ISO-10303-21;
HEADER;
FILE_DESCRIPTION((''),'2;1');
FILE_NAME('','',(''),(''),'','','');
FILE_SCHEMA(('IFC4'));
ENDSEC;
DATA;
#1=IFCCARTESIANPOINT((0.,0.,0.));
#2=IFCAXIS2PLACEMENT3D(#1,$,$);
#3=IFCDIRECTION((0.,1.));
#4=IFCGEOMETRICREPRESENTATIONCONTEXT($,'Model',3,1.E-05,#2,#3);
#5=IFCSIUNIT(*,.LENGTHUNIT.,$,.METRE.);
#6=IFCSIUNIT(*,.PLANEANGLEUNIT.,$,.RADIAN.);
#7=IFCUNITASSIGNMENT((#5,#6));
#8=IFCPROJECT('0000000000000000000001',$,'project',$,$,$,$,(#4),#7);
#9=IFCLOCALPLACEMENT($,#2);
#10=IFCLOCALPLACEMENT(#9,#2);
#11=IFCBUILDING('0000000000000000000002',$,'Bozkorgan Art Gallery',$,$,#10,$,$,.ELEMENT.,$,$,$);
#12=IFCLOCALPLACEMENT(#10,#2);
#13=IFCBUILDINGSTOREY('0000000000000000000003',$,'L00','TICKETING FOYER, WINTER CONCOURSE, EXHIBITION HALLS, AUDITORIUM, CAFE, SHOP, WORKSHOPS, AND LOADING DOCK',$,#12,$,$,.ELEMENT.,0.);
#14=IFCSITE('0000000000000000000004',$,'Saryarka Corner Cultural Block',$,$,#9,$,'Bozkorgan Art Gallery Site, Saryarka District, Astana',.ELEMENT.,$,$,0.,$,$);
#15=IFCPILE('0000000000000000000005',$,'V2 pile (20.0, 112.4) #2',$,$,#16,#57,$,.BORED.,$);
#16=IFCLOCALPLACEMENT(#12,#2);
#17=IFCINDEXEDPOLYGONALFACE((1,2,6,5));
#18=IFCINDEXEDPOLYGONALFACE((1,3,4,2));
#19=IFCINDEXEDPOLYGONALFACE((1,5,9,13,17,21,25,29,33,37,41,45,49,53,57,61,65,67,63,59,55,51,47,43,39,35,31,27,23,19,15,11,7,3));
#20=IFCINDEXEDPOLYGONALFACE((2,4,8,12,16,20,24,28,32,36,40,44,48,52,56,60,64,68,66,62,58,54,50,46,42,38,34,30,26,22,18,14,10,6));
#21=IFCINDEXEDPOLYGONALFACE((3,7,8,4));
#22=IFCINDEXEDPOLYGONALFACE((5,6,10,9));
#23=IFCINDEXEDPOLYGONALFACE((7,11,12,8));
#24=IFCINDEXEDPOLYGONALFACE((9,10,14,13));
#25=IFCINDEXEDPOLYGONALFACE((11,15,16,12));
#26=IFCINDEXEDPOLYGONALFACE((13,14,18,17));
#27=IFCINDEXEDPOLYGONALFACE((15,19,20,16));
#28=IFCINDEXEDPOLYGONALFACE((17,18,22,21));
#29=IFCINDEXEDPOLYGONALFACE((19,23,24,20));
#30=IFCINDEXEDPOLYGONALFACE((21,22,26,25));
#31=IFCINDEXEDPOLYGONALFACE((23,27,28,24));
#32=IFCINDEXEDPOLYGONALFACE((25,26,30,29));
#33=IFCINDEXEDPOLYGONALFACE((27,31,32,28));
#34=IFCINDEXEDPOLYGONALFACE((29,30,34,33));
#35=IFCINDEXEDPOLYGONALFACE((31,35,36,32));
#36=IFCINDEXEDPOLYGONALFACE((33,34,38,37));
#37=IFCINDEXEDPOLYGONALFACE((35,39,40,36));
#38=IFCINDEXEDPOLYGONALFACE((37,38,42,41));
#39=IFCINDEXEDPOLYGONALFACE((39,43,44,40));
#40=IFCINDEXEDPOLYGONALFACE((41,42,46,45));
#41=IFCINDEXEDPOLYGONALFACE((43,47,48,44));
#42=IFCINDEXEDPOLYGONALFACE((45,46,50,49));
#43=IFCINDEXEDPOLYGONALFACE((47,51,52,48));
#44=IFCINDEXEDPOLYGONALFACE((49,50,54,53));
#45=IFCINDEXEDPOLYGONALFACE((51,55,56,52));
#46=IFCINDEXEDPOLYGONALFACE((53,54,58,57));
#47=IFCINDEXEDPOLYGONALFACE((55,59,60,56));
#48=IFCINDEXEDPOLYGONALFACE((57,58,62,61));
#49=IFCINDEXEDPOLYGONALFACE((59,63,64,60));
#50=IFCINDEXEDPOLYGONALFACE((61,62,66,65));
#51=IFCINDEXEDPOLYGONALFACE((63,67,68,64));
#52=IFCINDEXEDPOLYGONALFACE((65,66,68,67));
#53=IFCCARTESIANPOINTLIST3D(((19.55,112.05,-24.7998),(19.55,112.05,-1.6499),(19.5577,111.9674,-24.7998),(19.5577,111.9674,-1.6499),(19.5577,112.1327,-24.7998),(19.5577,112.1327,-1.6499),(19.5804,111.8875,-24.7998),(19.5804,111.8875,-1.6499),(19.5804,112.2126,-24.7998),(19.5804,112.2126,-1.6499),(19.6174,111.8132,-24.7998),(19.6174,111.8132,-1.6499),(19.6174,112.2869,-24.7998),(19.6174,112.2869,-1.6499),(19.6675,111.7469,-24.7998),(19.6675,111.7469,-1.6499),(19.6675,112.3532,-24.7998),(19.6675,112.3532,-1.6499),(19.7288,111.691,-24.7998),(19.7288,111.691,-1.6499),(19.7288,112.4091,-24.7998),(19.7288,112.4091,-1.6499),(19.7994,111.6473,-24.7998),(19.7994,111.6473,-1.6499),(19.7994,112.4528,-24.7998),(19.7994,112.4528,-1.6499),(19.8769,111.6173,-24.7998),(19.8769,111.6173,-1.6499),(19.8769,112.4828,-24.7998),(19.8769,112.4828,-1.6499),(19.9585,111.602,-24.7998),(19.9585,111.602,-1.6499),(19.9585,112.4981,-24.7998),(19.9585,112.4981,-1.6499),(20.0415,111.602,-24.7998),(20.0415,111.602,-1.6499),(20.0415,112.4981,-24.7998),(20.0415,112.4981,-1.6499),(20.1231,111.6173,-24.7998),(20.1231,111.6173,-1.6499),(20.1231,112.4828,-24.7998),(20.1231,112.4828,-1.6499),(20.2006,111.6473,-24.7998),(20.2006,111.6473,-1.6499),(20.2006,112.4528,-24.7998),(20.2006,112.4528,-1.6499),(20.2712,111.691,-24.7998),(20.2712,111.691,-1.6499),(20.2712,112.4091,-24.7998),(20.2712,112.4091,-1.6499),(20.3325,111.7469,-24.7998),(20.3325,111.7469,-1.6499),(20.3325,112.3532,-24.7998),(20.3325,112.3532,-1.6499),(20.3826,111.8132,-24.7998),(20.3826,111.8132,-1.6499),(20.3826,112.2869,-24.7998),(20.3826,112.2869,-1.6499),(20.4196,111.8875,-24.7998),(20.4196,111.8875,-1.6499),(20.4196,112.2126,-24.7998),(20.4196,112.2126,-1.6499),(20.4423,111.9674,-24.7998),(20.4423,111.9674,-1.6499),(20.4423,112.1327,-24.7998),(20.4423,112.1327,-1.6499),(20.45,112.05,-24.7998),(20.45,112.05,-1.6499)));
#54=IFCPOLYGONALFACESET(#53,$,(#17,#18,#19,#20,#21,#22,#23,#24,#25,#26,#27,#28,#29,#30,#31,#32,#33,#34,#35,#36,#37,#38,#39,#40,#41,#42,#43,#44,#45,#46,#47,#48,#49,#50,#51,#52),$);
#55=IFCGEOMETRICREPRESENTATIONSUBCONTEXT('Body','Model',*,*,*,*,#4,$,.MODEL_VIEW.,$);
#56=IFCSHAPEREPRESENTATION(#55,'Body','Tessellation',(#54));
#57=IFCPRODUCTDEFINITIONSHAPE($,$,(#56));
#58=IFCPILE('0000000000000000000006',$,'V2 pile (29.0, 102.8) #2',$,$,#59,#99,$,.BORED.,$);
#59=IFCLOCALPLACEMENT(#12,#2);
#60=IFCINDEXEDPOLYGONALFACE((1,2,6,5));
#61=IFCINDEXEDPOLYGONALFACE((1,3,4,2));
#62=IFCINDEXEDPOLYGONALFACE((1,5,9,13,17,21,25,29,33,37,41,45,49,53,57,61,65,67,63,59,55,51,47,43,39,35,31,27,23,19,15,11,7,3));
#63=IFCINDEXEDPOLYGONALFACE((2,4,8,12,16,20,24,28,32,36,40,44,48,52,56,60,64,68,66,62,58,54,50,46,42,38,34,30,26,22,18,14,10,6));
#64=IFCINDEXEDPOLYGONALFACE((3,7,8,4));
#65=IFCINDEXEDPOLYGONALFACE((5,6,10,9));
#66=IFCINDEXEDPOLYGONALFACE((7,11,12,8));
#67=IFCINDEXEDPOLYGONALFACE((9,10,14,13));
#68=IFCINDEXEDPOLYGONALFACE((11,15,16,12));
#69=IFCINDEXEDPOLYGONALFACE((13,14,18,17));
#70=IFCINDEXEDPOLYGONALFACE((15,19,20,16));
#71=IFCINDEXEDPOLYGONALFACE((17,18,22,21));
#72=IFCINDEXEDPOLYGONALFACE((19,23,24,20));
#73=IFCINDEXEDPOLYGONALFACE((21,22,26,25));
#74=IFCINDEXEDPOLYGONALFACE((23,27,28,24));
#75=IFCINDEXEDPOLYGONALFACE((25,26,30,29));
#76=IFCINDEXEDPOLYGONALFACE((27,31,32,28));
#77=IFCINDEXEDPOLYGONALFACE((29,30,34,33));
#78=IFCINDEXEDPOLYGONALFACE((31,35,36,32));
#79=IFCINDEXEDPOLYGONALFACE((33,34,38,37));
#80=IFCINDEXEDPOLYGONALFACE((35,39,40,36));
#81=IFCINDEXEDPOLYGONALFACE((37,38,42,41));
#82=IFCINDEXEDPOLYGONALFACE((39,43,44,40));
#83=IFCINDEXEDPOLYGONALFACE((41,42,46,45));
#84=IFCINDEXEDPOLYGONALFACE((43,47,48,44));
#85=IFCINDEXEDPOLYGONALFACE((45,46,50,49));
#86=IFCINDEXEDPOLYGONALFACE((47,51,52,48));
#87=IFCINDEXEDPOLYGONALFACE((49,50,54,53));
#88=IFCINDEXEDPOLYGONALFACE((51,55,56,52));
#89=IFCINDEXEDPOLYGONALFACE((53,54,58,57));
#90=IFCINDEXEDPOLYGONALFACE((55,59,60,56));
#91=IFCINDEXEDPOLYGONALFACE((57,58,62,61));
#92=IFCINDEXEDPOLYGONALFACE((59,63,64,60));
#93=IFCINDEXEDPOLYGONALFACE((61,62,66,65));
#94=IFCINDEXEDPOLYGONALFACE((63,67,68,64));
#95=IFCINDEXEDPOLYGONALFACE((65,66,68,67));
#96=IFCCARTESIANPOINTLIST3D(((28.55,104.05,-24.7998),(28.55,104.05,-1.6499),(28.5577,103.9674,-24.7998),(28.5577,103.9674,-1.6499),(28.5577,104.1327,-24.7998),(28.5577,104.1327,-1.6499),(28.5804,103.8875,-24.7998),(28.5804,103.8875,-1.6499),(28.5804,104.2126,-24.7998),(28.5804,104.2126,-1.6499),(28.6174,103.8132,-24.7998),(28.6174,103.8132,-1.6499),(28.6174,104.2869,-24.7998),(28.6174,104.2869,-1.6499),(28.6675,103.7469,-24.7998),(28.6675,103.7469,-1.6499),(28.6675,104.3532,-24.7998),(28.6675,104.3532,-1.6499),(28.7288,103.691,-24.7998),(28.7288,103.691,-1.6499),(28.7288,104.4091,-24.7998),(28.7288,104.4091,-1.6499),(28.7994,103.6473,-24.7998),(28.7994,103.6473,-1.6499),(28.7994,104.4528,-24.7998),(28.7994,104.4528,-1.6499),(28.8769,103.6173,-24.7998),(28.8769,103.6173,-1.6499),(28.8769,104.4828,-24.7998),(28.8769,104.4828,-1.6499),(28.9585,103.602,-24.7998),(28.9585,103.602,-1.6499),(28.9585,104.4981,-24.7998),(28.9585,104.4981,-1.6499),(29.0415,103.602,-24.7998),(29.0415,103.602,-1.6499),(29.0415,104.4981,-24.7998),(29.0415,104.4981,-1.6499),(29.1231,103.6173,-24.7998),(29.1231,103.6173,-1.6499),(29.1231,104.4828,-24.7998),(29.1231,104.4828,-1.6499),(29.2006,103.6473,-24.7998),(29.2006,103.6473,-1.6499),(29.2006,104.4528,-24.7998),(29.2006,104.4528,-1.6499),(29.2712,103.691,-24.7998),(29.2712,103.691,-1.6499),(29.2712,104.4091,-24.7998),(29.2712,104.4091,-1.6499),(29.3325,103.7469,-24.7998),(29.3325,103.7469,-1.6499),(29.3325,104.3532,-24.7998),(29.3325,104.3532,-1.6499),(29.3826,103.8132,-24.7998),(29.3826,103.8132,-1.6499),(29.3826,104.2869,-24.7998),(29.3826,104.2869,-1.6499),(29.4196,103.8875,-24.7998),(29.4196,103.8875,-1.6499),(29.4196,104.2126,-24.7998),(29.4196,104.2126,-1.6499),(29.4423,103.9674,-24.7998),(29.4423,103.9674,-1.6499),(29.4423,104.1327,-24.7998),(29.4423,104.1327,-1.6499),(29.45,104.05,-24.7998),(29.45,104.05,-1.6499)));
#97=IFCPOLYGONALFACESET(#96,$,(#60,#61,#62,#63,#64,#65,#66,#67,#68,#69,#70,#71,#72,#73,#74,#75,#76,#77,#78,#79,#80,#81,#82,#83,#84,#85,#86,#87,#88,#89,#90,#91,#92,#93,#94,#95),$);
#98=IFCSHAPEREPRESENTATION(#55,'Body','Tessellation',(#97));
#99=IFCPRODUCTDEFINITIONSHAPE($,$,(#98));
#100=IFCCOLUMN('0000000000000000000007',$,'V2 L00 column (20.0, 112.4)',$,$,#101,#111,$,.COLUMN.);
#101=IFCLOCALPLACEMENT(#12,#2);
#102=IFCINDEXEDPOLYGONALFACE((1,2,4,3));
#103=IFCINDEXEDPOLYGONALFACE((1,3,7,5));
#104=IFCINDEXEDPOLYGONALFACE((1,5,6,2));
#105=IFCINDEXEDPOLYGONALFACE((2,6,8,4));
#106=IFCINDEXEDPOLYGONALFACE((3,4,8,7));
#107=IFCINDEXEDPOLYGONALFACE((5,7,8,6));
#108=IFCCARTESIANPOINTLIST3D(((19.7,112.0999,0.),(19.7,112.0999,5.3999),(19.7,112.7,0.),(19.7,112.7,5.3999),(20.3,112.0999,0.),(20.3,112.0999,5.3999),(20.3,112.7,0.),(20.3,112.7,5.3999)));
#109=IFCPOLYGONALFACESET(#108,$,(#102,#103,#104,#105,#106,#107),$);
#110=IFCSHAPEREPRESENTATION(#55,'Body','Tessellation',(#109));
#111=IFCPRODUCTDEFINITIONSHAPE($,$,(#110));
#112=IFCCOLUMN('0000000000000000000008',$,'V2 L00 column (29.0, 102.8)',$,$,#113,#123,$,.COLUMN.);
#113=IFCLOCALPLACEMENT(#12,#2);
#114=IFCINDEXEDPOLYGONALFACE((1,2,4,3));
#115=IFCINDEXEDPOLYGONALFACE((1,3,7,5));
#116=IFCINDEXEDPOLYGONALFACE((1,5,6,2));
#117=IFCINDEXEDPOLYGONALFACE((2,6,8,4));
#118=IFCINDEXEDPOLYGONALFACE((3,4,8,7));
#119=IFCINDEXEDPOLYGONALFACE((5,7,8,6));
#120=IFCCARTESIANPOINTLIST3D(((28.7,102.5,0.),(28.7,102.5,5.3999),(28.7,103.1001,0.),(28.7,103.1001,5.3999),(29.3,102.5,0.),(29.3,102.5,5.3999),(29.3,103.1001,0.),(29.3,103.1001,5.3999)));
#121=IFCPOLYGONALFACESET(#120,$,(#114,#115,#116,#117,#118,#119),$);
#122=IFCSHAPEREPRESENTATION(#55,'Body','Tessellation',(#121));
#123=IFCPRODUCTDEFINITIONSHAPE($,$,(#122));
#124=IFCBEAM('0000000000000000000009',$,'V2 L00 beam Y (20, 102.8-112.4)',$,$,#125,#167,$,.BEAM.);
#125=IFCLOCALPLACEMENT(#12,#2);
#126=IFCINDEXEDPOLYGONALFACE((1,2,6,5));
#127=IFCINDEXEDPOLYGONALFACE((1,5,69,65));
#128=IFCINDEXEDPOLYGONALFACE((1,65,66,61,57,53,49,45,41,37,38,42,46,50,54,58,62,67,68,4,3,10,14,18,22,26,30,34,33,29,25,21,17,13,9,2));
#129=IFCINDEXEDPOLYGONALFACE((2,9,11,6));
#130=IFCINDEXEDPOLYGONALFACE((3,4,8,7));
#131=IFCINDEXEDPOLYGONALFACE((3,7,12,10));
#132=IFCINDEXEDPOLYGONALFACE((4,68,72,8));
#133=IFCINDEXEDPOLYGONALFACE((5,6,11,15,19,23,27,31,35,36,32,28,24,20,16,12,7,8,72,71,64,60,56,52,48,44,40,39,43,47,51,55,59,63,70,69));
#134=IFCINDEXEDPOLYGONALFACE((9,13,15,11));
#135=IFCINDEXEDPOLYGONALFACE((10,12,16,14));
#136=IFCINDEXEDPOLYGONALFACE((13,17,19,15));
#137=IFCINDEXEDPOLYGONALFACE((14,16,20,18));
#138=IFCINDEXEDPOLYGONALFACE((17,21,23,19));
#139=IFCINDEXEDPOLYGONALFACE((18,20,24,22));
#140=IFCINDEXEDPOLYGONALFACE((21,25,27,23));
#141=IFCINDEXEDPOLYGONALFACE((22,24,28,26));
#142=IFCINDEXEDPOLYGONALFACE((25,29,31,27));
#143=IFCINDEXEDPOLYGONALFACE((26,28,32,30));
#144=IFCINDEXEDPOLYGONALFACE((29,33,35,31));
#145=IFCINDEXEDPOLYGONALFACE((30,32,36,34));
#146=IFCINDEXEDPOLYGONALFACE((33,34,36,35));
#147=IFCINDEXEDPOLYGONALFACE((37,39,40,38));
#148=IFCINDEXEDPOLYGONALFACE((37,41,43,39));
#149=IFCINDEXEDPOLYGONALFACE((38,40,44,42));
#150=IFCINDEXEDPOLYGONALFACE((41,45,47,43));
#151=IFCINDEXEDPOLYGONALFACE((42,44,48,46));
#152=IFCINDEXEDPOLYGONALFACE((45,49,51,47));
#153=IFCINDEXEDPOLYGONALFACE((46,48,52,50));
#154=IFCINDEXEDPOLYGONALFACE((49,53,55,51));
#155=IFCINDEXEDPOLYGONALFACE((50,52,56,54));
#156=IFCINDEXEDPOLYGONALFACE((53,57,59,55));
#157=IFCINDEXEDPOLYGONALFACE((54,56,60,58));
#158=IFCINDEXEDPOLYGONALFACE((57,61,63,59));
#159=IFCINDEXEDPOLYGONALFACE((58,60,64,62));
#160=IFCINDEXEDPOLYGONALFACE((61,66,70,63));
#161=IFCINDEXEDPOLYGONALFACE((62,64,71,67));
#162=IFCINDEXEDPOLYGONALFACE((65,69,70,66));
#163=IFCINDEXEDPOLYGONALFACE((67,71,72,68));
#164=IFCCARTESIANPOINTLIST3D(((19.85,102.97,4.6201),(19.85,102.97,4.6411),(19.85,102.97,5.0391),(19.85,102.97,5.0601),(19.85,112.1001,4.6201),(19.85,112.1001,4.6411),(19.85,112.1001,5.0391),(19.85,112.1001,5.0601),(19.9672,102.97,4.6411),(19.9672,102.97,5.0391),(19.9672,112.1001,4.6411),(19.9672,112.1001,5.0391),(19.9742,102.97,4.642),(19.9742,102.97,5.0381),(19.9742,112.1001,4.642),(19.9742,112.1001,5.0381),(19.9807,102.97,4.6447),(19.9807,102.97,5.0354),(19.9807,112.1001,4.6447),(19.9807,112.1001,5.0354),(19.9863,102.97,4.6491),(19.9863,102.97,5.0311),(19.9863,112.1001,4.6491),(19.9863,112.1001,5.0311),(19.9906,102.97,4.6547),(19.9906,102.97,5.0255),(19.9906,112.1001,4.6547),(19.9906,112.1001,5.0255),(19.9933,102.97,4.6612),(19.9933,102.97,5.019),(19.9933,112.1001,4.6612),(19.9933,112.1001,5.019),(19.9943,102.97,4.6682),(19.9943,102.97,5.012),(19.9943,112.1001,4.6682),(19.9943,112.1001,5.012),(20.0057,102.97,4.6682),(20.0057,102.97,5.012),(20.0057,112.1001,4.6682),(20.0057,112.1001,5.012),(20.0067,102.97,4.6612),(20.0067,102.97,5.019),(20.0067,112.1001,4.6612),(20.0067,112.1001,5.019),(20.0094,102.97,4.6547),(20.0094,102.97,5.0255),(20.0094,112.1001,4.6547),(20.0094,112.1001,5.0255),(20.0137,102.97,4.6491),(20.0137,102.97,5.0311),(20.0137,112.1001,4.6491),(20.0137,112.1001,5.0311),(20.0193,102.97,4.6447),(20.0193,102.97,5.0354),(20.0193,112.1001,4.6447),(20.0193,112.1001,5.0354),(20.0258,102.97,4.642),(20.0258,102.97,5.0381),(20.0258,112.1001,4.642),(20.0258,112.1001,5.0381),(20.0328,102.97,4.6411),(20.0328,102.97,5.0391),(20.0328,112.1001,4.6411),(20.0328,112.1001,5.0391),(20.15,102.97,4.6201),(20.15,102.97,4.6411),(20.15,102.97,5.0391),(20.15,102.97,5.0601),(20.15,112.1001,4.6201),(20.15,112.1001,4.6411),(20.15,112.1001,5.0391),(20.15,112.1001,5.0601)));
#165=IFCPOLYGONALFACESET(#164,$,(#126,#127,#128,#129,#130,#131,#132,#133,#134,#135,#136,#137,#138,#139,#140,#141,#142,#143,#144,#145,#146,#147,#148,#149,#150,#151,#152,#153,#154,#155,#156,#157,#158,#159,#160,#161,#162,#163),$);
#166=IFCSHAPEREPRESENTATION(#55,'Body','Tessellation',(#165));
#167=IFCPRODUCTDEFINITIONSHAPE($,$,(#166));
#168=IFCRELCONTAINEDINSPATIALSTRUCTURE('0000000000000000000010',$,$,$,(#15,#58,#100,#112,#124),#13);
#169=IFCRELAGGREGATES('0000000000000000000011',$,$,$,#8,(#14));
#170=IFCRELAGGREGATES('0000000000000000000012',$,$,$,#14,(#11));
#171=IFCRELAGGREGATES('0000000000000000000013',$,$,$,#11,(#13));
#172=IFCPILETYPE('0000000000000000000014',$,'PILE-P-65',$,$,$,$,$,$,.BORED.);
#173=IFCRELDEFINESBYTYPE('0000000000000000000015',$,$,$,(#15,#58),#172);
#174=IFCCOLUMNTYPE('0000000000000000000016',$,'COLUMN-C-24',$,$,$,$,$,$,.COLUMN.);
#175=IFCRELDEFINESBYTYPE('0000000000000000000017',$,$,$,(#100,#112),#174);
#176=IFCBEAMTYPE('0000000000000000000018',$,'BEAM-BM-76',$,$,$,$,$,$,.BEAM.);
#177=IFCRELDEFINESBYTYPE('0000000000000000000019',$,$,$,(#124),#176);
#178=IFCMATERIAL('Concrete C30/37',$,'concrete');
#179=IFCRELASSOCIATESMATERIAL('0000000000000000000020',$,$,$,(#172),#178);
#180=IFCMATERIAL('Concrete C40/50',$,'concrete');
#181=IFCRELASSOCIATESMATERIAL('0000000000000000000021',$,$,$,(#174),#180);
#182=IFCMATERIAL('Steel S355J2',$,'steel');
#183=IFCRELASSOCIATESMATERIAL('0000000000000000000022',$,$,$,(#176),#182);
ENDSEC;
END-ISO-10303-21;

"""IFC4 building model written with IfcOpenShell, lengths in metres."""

from ifc_helpers import new_model, si_unit, direction, frame, origin, origin_2d, place, context, subcontext, project, spatial, rectangle, circle, i_section, extrude, material, material_profile, profile_set, type_object, element, save


model = new_model("IFC4")

# Units and contexts
model_context = context("Model", 3, precision=1e-05, world=origin(), true_north=direction((0.0, 1.0)))
body_context = subcontext(model_context, "Body", "Model", "MODEL_VIEW")
ifc_project = project(units=[si_unit("LENGTHUNIT", "METRE"), si_unit("PLANEANGLEUNIT", "RADIAN")], contexts=[model_context])

# Site, building, storey
site_placement = place(None, origin())
site = spatial("IfcSite", under=ifc_project, at=site_placement, Name="Saryarka Corner Cultural Block", LongName="Bozkorgan Art Gallery Site, Saryarka District, Astana", CompositionType="ELEMENT", RefElevation=0.0)
building_placement = place(site_placement, origin())
building = spatial("IfcBuilding", under=site, at=building_placement, Name="Bozkorgan Art Gallery", CompositionType="ELEMENT")
storey_placement = place(building_placement, origin())
storey = spatial("IfcBuildingStorey", under=building, at=storey_placement, Name="L00", Description="TICKETING FOYER, WINTER CONCOURSE, EXHIBITION HALLS, AUDITORIUM, CAFE, SHOP, WORKSHOPS, AND LOADING DOCK", CompositionType="ELEMENT", Elevation=0.0)

# Shared definitions
ifc_material_1 = material(Name="Concrete C30/37", Category="concrete")

# Piles
ifc_material_profile_1 = material_profile(ifc_material_1, circle(Radius=0.45, at=origin_2d()), Name="PILE D900")
ifc_profile_set_1 = profile_set([ifc_material_profile_1], Name="Concrete C30/37")
pile_type = type_object("IfcPileType", Name="PILE-P-65", PredefinedType="BORED", material=ifc_profile_set_1)
for number, where, z_axis, x_axis, name in (
    (1, (20.0, 112.05, -1.6499), (0.0, 0.0, -1.0), (1.0, 0.0, 0.0), "V2 pile (20.0, 112.4) #2"),
    (2, (29.0, 104.05, -1.6499), (0.0, 0.0, -1.0), (1.0, 0.0, 0.0), "V2 pile (29.0, 102.8) #2"),
):
    element("IfcPile", number, at=place(storey_placement, frame(where, z_axis=z_axis, x_axis=x_axis)), inside=storey, type_object=pile_type, Name=name, PredefinedType="BORED", context=body_context, shape_type="SweptSolid", body=[
        extrude(circle(Radius=0.45, at=origin_2d()), origin(), (0.0, 0.0, 1.0), 23.1499),
    ])

# Columns
ifc_material_2 = material(Name="Concrete C40/50", Category="concrete")
ifc_material_profile_2 = material_profile(ifc_material_2, rectangle(XDim=0.6001, YDim=0.6001, at=origin_2d()), Name="RC 600x600")
ifc_profile_set_2 = profile_set([ifc_material_profile_2], Name="Concrete C40/50")
column_type = type_object("IfcColumnType", Name="COLUMN-C-24", PredefinedType="COLUMN", material=ifc_profile_set_2)
for number, where, z_axis, x_axis, name in (
    (3, (20.0, 112.3999, 0.0), (0.0, 0.0, 1.0), (1.0, 0.0, 0.0), "V2 L00 column (20.0, 112.4)"),
    (4, (29.0, 102.8, 0.0), (0.0, 0.0, 1.0), (1.0, 0.0, 0.0), "V2 L00 column (29.0, 102.8)"),
):
    element("IfcColumn", number, at=place(storey_placement, frame(where, z_axis=z_axis, x_axis=x_axis)), inside=storey, type_object=column_type, Name=name, PredefinedType="COLUMN", context=body_context, shape_type="SweptSolid", body=[
        extrude(rectangle(XDim=0.6001, YDim=0.6001, at=origin_2d()), origin(), (0.0, 0.0, 1.0), 5.3999),
    ])

# Beam
ifc_material_3 = material(Name="Steel S355J2", Category="steel")
ifc_material_profile_3 = material_profile(ifc_material_3, i_section(OverallWidth=0.3, OverallDepth=0.4399, WebThickness=0.0115, FlangeThickness=0.021, FilletRadius=0.0271, at=origin_2d()), Name="HEA 450")
ifc_profile_set_3 = profile_set([ifc_material_profile_3], Name="Steel S355J2")
beam_type_1 = type_object("IfcBeamType", Name="BEAM-BM-76", PredefinedType="BEAM", material=ifc_profile_set_3)
beam_1_placement = place(storey_placement, frame((20.0, 102.97, 4.8401), z_axis=(0.0, 1.0, 0.0), x_axis=(-1.0, 0.0, 0.0)))
element("IfcBeam", 5, at=beam_1_placement, inside=storey, type_object=beam_type_1, Name="V2 L00 beam Y (20, 102.8-112.4)", PredefinedType="BEAM", context=body_context, shape_type="SweptSolid", body=[
    extrude(i_section(OverallWidth=0.3, OverallDepth=0.4399, WebThickness=0.0115, FlangeThickness=0.021, FilletRadius=0.0271, at=origin_2d()), origin(), (0.0, 0.0, 1.0), 9.1301),
])

save(model, "model.ifc")
